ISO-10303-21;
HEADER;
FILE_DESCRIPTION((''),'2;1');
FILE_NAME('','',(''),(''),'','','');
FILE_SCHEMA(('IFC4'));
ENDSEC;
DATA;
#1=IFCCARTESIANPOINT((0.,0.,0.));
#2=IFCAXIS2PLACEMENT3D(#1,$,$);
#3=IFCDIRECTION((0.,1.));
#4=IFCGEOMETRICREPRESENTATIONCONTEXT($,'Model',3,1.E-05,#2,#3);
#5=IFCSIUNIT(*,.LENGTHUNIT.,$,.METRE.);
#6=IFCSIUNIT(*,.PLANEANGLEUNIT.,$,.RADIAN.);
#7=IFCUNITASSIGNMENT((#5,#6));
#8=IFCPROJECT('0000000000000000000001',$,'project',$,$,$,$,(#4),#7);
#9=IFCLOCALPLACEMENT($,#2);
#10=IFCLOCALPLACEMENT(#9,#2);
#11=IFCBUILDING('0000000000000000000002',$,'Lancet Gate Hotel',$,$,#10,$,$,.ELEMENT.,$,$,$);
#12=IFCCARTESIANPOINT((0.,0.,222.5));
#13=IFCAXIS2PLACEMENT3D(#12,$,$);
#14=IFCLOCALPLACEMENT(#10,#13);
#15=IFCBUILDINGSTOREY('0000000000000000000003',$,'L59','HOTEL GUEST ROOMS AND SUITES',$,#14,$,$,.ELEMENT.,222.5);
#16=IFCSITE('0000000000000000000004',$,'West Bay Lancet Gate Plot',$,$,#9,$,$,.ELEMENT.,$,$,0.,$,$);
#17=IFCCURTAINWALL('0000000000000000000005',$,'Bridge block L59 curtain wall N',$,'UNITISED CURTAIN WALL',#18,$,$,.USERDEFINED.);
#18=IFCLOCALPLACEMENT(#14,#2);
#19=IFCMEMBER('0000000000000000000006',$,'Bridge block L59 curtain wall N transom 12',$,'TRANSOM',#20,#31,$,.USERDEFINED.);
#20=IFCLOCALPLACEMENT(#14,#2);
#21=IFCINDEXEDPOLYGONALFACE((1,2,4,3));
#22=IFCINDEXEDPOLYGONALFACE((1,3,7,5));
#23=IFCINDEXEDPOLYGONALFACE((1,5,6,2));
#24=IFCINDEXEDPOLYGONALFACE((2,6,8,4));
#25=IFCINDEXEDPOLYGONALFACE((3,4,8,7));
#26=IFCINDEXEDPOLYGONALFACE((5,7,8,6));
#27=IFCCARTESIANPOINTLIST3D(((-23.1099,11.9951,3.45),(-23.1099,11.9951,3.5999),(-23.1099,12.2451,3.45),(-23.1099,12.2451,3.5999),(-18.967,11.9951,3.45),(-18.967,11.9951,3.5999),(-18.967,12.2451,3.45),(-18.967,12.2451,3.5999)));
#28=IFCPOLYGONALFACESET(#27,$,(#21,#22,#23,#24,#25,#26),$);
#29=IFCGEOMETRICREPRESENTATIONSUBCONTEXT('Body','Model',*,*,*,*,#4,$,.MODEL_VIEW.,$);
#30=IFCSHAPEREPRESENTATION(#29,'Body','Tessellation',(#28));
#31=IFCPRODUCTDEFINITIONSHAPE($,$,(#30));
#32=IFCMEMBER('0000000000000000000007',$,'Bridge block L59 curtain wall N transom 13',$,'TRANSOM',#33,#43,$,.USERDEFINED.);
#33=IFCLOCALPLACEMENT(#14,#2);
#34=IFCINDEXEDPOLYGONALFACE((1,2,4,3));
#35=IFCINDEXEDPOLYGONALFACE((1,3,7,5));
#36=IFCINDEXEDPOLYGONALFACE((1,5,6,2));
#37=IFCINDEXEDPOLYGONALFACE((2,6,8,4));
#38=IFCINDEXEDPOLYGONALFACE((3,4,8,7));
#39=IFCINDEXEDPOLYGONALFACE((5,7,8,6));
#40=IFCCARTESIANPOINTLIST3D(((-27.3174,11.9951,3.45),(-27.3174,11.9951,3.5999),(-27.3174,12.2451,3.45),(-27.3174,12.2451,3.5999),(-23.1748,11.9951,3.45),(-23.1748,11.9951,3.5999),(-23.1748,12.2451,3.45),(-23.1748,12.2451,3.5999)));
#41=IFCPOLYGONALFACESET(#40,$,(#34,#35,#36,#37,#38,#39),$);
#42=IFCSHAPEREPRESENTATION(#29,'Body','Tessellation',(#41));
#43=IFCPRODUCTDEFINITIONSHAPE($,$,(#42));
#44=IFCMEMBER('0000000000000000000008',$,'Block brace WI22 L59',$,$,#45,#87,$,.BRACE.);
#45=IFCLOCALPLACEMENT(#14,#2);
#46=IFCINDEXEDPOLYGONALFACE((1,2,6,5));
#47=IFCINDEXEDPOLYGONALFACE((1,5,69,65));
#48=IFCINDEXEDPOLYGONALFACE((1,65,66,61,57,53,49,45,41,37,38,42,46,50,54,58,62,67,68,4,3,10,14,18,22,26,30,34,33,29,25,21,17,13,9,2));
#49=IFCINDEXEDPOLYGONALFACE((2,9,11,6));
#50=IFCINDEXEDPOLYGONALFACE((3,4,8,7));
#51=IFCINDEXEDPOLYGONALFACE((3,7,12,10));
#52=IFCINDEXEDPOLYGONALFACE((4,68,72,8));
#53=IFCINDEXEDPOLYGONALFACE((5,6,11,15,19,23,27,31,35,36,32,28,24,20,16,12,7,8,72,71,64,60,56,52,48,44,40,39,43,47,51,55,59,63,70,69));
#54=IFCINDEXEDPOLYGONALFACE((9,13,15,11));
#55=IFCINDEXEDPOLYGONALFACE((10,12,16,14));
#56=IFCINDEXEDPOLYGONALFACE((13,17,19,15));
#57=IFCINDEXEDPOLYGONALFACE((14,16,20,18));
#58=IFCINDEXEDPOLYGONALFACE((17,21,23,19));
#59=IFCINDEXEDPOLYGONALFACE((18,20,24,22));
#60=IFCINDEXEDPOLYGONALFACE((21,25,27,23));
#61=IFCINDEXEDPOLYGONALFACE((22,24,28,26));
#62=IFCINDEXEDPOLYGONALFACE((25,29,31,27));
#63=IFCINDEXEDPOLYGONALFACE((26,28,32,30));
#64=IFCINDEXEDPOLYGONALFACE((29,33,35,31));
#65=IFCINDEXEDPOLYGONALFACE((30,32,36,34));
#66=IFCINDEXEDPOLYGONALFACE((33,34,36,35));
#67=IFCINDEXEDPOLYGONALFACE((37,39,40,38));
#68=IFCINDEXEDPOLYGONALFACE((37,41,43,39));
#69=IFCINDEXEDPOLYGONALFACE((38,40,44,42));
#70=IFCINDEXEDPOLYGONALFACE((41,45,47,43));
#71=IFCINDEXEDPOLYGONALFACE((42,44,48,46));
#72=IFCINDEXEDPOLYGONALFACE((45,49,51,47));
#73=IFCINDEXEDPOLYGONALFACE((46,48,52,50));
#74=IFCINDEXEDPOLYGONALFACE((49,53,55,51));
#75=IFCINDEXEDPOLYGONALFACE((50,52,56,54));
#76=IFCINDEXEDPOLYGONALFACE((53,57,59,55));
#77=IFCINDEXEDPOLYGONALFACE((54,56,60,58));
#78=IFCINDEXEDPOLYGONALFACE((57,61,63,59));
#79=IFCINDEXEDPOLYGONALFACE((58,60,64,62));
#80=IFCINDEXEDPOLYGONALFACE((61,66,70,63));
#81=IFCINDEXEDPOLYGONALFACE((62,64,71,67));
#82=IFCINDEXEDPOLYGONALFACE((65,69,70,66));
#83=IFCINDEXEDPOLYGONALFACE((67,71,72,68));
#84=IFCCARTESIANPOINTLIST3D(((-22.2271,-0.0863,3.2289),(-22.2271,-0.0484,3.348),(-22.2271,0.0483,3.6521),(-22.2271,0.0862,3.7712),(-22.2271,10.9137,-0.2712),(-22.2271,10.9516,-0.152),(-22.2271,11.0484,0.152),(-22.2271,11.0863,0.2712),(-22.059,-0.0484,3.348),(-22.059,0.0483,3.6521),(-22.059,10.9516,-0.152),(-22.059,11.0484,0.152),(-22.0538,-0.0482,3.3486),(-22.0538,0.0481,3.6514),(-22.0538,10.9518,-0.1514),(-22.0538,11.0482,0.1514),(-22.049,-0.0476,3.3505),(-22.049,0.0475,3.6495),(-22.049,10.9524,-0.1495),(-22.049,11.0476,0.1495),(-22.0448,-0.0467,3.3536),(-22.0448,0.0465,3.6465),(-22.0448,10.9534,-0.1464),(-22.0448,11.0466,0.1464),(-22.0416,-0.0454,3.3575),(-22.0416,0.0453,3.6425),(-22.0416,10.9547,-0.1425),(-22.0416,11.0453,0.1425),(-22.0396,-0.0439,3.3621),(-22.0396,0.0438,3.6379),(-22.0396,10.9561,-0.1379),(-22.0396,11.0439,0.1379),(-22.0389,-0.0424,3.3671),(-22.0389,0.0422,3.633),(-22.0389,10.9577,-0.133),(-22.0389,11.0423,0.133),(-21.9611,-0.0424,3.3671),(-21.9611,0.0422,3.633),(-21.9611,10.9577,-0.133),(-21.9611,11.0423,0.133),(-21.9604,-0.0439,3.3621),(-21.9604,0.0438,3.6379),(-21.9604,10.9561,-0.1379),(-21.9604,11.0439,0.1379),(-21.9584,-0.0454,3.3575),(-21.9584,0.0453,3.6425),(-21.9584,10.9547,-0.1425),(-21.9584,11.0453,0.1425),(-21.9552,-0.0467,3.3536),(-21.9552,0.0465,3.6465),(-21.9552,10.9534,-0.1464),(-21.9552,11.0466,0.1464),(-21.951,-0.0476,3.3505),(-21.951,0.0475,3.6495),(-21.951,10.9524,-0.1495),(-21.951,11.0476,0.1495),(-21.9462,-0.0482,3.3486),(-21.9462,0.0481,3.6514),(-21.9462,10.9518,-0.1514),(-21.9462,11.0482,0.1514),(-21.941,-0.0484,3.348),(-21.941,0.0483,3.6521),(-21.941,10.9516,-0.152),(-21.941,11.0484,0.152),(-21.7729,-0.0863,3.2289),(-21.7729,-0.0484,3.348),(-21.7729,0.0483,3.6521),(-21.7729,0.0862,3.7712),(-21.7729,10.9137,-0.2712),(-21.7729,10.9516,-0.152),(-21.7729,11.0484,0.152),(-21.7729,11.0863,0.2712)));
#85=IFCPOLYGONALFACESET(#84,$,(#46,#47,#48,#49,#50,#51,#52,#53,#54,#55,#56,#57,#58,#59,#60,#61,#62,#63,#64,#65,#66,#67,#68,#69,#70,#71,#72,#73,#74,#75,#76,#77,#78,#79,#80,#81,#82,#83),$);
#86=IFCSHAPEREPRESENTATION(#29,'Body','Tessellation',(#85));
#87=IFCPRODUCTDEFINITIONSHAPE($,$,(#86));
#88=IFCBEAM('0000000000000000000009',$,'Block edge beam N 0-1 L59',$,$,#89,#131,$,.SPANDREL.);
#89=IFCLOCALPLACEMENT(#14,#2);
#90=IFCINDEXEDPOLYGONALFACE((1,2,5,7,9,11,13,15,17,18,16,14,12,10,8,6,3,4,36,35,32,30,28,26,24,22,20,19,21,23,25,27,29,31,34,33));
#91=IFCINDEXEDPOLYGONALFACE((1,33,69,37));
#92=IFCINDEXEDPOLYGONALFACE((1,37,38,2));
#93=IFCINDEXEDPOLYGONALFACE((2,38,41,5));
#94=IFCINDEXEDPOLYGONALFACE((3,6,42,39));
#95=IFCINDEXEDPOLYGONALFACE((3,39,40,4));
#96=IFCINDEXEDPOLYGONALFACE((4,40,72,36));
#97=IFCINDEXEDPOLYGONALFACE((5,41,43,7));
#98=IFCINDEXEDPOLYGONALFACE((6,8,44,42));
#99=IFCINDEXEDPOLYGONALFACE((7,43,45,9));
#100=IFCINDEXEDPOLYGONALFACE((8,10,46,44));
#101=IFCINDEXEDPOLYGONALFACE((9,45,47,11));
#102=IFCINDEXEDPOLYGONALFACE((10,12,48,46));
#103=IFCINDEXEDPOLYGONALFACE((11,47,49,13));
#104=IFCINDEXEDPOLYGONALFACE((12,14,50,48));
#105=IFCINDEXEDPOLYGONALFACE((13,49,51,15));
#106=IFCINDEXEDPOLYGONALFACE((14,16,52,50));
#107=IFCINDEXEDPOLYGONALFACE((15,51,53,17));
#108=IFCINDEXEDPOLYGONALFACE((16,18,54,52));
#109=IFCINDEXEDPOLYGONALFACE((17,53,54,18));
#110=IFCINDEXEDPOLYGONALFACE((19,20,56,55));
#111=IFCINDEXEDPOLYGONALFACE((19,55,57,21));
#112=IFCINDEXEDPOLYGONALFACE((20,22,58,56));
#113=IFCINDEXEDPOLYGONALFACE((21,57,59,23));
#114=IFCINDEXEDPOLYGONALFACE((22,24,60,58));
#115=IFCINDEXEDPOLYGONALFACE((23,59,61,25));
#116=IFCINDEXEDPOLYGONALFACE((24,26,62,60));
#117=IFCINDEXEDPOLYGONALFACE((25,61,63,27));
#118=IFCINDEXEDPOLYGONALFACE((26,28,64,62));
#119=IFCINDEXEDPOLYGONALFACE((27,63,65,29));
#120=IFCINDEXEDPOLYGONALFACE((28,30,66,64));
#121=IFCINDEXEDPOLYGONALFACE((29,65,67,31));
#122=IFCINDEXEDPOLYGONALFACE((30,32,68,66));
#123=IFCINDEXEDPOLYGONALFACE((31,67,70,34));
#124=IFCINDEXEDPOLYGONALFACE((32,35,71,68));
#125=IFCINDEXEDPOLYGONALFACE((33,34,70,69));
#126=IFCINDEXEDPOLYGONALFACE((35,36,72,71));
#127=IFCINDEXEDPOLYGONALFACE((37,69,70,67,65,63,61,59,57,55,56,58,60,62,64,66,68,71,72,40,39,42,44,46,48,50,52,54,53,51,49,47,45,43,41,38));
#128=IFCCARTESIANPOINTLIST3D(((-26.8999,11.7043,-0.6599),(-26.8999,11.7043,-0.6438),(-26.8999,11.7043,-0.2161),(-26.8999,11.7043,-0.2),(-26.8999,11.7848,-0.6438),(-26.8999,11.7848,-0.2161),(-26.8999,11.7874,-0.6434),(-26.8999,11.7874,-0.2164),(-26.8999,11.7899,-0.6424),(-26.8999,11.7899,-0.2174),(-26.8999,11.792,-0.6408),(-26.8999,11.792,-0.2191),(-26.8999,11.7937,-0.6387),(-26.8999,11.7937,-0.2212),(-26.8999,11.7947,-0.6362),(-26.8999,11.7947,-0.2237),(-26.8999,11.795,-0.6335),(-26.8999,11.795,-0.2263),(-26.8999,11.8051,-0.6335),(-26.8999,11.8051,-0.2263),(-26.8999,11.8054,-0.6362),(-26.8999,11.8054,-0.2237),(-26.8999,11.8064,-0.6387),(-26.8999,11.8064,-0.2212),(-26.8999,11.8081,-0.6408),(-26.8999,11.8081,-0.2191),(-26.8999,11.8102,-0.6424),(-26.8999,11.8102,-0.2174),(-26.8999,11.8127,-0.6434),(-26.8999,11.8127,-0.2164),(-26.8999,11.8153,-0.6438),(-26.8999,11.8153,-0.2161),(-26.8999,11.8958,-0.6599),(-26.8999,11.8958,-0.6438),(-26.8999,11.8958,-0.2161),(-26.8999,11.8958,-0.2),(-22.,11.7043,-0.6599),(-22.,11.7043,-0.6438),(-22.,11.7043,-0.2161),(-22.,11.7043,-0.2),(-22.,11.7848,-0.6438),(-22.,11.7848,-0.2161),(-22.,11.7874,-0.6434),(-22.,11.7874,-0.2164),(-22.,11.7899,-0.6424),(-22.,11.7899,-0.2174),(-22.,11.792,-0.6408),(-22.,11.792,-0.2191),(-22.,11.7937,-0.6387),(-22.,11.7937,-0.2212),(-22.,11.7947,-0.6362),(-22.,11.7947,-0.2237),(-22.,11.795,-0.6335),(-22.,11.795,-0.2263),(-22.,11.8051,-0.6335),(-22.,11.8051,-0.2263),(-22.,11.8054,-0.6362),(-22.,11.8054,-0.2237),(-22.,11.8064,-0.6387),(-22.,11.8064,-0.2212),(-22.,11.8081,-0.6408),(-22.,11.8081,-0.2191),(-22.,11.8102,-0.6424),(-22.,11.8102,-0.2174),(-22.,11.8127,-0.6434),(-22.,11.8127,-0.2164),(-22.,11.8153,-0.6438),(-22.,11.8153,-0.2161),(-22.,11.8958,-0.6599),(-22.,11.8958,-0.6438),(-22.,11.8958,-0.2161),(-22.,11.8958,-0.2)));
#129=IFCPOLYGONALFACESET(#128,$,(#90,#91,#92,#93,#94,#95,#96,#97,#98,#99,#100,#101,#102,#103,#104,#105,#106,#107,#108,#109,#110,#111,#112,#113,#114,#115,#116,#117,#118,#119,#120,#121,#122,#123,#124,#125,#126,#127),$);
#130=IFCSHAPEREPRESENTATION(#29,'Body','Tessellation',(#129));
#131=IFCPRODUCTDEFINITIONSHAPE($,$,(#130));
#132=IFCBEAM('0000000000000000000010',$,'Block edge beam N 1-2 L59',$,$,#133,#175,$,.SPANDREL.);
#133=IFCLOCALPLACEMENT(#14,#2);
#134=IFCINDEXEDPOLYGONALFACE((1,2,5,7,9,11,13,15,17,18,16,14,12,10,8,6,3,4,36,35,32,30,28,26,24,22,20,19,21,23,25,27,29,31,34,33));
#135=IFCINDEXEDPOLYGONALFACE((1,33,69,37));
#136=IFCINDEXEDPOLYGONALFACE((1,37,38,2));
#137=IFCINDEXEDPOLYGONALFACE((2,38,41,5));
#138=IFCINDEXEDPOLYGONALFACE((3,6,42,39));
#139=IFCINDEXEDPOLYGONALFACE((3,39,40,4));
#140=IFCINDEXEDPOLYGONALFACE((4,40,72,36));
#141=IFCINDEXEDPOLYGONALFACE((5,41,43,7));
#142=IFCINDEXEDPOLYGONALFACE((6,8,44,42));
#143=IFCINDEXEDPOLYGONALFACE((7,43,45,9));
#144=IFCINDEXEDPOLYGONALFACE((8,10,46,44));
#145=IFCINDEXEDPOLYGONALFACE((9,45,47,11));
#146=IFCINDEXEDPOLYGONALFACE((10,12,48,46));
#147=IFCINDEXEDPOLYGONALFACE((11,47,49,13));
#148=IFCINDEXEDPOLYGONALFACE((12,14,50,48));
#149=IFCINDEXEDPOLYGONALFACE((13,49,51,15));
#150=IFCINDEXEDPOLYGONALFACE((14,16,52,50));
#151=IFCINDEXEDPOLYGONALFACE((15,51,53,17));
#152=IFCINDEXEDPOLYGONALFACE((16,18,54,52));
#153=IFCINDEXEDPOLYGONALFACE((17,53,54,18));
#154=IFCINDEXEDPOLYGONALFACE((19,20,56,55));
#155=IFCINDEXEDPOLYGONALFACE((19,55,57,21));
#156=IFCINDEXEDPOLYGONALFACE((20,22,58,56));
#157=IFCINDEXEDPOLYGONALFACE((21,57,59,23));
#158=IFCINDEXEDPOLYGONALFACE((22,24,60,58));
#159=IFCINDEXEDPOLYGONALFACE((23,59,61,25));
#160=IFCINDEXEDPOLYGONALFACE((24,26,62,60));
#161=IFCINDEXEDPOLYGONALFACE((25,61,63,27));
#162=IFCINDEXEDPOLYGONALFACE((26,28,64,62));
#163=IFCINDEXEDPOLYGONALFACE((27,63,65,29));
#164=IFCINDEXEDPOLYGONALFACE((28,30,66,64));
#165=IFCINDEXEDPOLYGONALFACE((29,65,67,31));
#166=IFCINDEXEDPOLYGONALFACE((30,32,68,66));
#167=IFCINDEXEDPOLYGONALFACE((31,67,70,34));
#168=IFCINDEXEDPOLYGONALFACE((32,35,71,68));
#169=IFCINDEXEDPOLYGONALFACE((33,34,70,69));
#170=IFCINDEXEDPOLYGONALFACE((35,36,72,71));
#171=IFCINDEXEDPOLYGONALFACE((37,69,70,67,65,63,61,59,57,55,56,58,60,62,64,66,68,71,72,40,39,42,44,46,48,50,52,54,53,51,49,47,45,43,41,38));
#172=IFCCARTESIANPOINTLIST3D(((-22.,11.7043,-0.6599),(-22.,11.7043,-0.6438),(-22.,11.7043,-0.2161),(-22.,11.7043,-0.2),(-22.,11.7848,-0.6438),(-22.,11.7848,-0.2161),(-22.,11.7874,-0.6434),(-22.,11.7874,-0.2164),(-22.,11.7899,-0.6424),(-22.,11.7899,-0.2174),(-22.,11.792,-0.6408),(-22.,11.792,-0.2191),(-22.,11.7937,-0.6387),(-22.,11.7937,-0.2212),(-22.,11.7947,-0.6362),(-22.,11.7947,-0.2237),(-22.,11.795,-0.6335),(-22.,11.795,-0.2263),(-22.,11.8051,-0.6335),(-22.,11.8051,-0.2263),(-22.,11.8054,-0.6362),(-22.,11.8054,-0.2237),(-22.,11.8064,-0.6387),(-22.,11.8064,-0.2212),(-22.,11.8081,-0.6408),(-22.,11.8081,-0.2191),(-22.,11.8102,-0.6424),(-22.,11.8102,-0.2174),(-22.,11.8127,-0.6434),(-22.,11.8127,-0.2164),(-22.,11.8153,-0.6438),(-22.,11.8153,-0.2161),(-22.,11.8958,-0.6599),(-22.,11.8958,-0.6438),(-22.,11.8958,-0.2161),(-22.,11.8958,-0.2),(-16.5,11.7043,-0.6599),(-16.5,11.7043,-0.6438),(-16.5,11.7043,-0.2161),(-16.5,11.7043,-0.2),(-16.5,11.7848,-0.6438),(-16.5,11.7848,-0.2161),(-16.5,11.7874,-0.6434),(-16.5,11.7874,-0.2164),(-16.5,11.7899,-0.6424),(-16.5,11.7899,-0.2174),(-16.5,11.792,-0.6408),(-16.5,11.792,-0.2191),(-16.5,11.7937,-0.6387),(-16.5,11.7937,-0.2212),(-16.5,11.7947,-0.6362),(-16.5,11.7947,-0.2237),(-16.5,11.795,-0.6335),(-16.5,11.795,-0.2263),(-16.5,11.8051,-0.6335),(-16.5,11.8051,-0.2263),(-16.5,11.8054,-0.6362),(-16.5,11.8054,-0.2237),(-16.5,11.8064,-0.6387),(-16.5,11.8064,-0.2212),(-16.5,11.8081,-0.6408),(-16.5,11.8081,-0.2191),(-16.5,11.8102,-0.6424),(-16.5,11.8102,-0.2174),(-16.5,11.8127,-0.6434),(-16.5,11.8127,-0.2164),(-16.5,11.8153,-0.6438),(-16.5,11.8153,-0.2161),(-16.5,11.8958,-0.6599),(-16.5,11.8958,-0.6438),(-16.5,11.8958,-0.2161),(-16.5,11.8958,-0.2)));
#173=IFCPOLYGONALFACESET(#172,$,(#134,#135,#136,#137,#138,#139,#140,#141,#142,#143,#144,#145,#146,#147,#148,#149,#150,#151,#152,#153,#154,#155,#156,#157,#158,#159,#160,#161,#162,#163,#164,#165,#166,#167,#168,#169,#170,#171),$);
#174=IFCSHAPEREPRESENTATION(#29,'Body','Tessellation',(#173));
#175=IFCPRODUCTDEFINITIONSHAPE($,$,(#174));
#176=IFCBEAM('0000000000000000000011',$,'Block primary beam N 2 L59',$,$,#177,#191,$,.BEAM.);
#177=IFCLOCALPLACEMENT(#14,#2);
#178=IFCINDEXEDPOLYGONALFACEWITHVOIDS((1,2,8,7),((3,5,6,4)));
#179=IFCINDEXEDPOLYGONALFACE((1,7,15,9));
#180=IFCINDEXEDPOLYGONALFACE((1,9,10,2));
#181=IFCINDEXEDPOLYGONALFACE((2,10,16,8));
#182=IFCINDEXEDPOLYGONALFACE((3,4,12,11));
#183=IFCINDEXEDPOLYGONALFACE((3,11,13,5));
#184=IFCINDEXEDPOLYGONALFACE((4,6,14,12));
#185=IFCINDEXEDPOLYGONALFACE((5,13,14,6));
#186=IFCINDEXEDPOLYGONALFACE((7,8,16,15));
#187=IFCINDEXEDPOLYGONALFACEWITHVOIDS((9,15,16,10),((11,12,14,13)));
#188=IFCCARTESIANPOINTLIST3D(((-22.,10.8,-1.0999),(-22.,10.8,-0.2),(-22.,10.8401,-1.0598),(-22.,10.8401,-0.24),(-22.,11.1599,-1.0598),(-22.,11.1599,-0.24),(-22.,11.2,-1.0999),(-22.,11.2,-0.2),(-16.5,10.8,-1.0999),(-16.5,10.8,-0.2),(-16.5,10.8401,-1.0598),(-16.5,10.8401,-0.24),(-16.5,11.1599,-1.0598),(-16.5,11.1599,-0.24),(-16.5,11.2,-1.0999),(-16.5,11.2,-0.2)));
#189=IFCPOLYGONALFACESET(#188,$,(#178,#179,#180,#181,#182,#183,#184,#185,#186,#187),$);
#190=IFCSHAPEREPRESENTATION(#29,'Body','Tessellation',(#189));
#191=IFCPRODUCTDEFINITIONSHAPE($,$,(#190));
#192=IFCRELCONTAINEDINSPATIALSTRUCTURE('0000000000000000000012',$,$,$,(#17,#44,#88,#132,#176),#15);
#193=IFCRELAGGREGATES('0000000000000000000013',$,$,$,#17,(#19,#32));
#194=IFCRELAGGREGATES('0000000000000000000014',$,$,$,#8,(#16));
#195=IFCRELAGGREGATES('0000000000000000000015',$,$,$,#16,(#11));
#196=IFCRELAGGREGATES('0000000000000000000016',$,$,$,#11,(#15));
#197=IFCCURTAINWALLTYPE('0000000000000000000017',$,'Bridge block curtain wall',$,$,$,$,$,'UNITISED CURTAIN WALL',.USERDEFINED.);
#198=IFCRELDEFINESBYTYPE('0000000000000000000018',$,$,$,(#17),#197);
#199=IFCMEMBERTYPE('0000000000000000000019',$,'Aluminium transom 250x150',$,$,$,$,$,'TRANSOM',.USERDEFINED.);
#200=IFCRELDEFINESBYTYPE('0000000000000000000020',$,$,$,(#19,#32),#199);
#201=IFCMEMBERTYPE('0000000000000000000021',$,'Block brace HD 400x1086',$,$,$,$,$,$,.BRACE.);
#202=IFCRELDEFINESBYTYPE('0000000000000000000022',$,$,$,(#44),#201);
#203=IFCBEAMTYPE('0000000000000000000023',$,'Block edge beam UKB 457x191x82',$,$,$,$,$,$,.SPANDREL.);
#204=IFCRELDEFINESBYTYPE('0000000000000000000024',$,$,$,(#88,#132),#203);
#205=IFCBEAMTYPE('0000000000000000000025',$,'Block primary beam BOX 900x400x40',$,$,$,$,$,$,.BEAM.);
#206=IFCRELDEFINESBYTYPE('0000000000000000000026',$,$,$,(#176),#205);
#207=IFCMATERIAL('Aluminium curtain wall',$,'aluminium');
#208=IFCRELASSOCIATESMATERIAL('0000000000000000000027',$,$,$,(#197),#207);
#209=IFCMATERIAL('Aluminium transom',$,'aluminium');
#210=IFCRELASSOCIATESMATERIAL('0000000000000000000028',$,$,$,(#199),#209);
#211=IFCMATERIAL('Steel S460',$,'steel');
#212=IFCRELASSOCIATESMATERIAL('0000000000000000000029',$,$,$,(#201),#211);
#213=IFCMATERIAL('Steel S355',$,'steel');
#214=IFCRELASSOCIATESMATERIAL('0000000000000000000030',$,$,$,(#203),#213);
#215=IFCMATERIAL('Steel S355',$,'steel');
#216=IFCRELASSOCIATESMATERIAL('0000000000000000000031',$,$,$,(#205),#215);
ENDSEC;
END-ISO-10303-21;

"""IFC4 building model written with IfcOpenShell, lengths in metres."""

from ifc_helpers import new_model, si_unit, direction, frame, origin, origin_2d, place, context, subcontext, project, spatial, rectangle, hollow_rectangle, i_section, extrude, material, material_profile, profile_set, type_object, element, aggregate, save


model = new_model("IFC4")

# Units and contexts
model_context = context("Model", 3, precision=1e-05, world=origin(), true_north=direction((0.0, 1.0)))
body_context = subcontext(model_context, "Body", "Model", "MODEL_VIEW")
ifc_project = project(units=[si_unit("LENGTHUNIT", "METRE"), si_unit("PLANEANGLEUNIT", "RADIAN")], contexts=[model_context])

# Site, building, storey
site_placement = place(None, origin())
site = spatial("IfcSite", under=ifc_project, at=site_placement, Name="West Bay Lancet Gate Plot", CompositionType="ELEMENT", RefElevation=0.0)
building_placement = place(site_placement, origin())
building = spatial("IfcBuilding", under=site, at=building_placement, Name="Lancet Gate Hotel", CompositionType="ELEMENT")
storey_placement = place(building_placement, frame((0.0, 0.0, 222.5)))
storey = spatial("IfcBuildingStorey", under=building, at=storey_placement, Name="L59", Description="HOTEL GUEST ROOMS AND SUITES", CompositionType="ELEMENT", Elevation=222.5)

# Curtain wall
ifc_material_1 = material(Name="Aluminium curtain wall", Category="aluminium")
curtain_wall_type_1 = type_object("IfcCurtainWallType", Name="Bridge block curtain wall", ElementType="UNITISED CURTAIN WALL", PredefinedType="USERDEFINED", material=ifc_material_1)
curtain_wall_1_placement = place(storey_placement, origin())
curtain_wall_1 = element("IfcCurtainWall", 1, at=curtain_wall_1_placement, inside=storey, type_object=curtain_wall_type_1, Name="Bridge block L59 curtain wall N", ObjectType="UNITISED CURTAIN WALL", PredefinedType="USERDEFINED")

# Members
ifc_material_2 = material(Name="Aluminium transom", Category="aluminium")
ifc_material_profile_1 = material_profile(ifc_material_2, rectangle(XDim=0.25, YDim=0.1499, at=origin_2d()), Name="TRANSOM 250x150")
ifc_profile_set_1 = profile_set([ifc_material_profile_1], Name="Aluminium transom")
member_type_1 = type_object("IfcMemberType", Name="Aluminium transom 250x150", ElementType="TRANSOM", PredefinedType="USERDEFINED", material=ifc_profile_set_1)
member_1_placement = place(storey_placement, frame((-18.967, 12.1201, 3.5249), z_axis=(-1.0, 0.0, 0.0), x_axis=(0.0, -1.0, 0.0)))
member_1 = element("IfcMember", 2, at=member_1_placement, type_object=member_type_1, Name="Bridge block L59 curtain wall N transom 12", ObjectType="TRANSOM", PredefinedType="USERDEFINED", context=body_context, shape_type="SweptSolid", body=[
    extrude(rectangle(XDim=0.25, YDim=0.1499, at=origin_2d()), origin(), (0.0, 0.0, 1.0), 4.1428),
])
member_2_placement = place(storey_placement, frame((-23.1748, 12.1201, 3.5249), z_axis=(-1.0, 0.0, 0.0), x_axis=(0.0, -1.0, 0.0)))
member_2 = element("IfcMember", 3, at=member_2_placement, type_object=member_type_1, Name="Bridge block L59 curtain wall N transom 13", ObjectType="TRANSOM", PredefinedType="USERDEFINED", context=body_context, shape_type="SweptSolid", body=[
    extrude(rectangle(XDim=0.25, YDim=0.1499, at=origin_2d()), origin(), (0.0, 0.0, 1.0), 4.1426),
])
ifc_material_3 = material(Name="Steel S460", Category="steel")
ifc_material_profile_2 = material_profile(ifc_material_3, i_section(OverallWidth=0.4541, OverallDepth=0.5691, WebThickness=0.0779, FlangeThickness=0.125, FilletRadius=0.02, at=origin_2d()), Name="HD 400x1086")
ifc_profile_set_2 = profile_set([ifc_material_profile_2], Name="Steel S460")
member_type_2 = type_object("IfcMemberType", Name="Block brace HD 400x1086", PredefinedType="BRACE", material=ifc_profile_set_2)
member_3_placement = place(storey_placement, frame((-22.0, 11.0, 0.0), z_axis=(0.0, -0.952926, 0.303204), x_axis=(1.0, 0.0, 0.0)))
element("IfcMember", 4, at=member_3_placement, inside=storey, type_object=member_type_2, Name="Block brace WI22 L59", PredefinedType="BRACE", context=body_context, shape_type="SweptSolid", body=[
    extrude(i_section(OverallWidth=0.4541, OverallDepth=0.5691, WebThickness=0.0779, FlangeThickness=0.125, FilletRadius=0.02, at=origin_2d()), origin(), (0.0, 0.0, 1.0), 11.5435),
])

# Beams
ifc_material_4 = material(Name="Steel S355", Category="steel")
ifc_material_profile_3 = material_profile(ifc_material_4, i_section(OverallWidth=0.1914, OverallDepth=0.46, WebThickness=0.01, FlangeThickness=0.0161, FilletRadius=0.0103, at=origin_2d()), Name="UKB 457x191x82")
ifc_profile_set_3 = profile_set([ifc_material_profile_3], Name="Steel S355")
beam_type_1 = type_object("IfcBeamType", Name="Block edge beam UKB 457x191x82", PredefinedType="SPANDREL", material=ifc_profile_set_3)
beam_1_placement = place(storey_placement, frame((-26.8999, 11.8, -0.4299), z_axis=(1.0, 0.0, 0.0), x_axis=(0.0, 1.0, 0.0)))
element("IfcBeam", 5, at=beam_1_placement, inside=storey, type_object=beam_type_1, Name="Block edge beam N 0-1 L59", PredefinedType="SPANDREL", context=body_context, shape_type="SweptSolid", body=[
    extrude(i_section(OverallWidth=0.1914, OverallDepth=0.46, WebThickness=0.01, FlangeThickness=0.0161, FilletRadius=0.0103, at=origin_2d()), origin(), (0.0, 0.0, 1.0), 4.8999),
])
beam_2_placement = place(storey_placement, frame((-22.0, 11.8, -0.4299), z_axis=(1.0, 0.0, 0.0), x_axis=(0.0, 1.0, 0.0)))
element("IfcBeam", 6, at=beam_2_placement, inside=storey, type_object=beam_type_1, Name="Block edge beam N 1-2 L59", PredefinedType="SPANDREL", context=body_context, shape_type="SweptSolid", body=[
    extrude(i_section(OverallWidth=0.1914, OverallDepth=0.46, WebThickness=0.01, FlangeThickness=0.0161, FilletRadius=0.0103, at=origin_2d()), origin(), (0.0, 0.0, 1.0), 5.5),
])
ifc_material_5 = material(Name="Steel S355", Category="steel")
ifc_material_profile_4 = material_profile(ifc_material_5, hollow_rectangle(XDim=0.3999, YDim=0.8999, WallThickness=0.04, at=origin_2d()), Name="BOX 900x400x40")
ifc_profile_set_4 = profile_set([ifc_material_profile_4], Name="Steel S355")
beam_type_2 = type_object("IfcBeamType", Name="Block primary beam BOX 900x400x40", PredefinedType="BEAM", material=ifc_profile_set_4)
beam_3_placement = place(storey_placement, frame((-22.0, 11.0, -0.6499), z_axis=(1.0, 0.0, 0.0), x_axis=(0.0, 1.0, 0.0)))
element("IfcBeam", 7, at=beam_3_placement, inside=storey, type_object=beam_type_2, Name="Block primary beam N 2 L59", PredefinedType="BEAM", context=body_context, shape_type="SweptSolid", body=[
    extrude(hollow_rectangle(XDim=0.3999, YDim=0.8999, WallThickness=0.04, at=origin_2d()), origin(), (0.0, 0.0, 1.0), 5.5),
])

aggregate(curtain_wall_1, [member_1, member_2])

save(model, "model.ifc")
